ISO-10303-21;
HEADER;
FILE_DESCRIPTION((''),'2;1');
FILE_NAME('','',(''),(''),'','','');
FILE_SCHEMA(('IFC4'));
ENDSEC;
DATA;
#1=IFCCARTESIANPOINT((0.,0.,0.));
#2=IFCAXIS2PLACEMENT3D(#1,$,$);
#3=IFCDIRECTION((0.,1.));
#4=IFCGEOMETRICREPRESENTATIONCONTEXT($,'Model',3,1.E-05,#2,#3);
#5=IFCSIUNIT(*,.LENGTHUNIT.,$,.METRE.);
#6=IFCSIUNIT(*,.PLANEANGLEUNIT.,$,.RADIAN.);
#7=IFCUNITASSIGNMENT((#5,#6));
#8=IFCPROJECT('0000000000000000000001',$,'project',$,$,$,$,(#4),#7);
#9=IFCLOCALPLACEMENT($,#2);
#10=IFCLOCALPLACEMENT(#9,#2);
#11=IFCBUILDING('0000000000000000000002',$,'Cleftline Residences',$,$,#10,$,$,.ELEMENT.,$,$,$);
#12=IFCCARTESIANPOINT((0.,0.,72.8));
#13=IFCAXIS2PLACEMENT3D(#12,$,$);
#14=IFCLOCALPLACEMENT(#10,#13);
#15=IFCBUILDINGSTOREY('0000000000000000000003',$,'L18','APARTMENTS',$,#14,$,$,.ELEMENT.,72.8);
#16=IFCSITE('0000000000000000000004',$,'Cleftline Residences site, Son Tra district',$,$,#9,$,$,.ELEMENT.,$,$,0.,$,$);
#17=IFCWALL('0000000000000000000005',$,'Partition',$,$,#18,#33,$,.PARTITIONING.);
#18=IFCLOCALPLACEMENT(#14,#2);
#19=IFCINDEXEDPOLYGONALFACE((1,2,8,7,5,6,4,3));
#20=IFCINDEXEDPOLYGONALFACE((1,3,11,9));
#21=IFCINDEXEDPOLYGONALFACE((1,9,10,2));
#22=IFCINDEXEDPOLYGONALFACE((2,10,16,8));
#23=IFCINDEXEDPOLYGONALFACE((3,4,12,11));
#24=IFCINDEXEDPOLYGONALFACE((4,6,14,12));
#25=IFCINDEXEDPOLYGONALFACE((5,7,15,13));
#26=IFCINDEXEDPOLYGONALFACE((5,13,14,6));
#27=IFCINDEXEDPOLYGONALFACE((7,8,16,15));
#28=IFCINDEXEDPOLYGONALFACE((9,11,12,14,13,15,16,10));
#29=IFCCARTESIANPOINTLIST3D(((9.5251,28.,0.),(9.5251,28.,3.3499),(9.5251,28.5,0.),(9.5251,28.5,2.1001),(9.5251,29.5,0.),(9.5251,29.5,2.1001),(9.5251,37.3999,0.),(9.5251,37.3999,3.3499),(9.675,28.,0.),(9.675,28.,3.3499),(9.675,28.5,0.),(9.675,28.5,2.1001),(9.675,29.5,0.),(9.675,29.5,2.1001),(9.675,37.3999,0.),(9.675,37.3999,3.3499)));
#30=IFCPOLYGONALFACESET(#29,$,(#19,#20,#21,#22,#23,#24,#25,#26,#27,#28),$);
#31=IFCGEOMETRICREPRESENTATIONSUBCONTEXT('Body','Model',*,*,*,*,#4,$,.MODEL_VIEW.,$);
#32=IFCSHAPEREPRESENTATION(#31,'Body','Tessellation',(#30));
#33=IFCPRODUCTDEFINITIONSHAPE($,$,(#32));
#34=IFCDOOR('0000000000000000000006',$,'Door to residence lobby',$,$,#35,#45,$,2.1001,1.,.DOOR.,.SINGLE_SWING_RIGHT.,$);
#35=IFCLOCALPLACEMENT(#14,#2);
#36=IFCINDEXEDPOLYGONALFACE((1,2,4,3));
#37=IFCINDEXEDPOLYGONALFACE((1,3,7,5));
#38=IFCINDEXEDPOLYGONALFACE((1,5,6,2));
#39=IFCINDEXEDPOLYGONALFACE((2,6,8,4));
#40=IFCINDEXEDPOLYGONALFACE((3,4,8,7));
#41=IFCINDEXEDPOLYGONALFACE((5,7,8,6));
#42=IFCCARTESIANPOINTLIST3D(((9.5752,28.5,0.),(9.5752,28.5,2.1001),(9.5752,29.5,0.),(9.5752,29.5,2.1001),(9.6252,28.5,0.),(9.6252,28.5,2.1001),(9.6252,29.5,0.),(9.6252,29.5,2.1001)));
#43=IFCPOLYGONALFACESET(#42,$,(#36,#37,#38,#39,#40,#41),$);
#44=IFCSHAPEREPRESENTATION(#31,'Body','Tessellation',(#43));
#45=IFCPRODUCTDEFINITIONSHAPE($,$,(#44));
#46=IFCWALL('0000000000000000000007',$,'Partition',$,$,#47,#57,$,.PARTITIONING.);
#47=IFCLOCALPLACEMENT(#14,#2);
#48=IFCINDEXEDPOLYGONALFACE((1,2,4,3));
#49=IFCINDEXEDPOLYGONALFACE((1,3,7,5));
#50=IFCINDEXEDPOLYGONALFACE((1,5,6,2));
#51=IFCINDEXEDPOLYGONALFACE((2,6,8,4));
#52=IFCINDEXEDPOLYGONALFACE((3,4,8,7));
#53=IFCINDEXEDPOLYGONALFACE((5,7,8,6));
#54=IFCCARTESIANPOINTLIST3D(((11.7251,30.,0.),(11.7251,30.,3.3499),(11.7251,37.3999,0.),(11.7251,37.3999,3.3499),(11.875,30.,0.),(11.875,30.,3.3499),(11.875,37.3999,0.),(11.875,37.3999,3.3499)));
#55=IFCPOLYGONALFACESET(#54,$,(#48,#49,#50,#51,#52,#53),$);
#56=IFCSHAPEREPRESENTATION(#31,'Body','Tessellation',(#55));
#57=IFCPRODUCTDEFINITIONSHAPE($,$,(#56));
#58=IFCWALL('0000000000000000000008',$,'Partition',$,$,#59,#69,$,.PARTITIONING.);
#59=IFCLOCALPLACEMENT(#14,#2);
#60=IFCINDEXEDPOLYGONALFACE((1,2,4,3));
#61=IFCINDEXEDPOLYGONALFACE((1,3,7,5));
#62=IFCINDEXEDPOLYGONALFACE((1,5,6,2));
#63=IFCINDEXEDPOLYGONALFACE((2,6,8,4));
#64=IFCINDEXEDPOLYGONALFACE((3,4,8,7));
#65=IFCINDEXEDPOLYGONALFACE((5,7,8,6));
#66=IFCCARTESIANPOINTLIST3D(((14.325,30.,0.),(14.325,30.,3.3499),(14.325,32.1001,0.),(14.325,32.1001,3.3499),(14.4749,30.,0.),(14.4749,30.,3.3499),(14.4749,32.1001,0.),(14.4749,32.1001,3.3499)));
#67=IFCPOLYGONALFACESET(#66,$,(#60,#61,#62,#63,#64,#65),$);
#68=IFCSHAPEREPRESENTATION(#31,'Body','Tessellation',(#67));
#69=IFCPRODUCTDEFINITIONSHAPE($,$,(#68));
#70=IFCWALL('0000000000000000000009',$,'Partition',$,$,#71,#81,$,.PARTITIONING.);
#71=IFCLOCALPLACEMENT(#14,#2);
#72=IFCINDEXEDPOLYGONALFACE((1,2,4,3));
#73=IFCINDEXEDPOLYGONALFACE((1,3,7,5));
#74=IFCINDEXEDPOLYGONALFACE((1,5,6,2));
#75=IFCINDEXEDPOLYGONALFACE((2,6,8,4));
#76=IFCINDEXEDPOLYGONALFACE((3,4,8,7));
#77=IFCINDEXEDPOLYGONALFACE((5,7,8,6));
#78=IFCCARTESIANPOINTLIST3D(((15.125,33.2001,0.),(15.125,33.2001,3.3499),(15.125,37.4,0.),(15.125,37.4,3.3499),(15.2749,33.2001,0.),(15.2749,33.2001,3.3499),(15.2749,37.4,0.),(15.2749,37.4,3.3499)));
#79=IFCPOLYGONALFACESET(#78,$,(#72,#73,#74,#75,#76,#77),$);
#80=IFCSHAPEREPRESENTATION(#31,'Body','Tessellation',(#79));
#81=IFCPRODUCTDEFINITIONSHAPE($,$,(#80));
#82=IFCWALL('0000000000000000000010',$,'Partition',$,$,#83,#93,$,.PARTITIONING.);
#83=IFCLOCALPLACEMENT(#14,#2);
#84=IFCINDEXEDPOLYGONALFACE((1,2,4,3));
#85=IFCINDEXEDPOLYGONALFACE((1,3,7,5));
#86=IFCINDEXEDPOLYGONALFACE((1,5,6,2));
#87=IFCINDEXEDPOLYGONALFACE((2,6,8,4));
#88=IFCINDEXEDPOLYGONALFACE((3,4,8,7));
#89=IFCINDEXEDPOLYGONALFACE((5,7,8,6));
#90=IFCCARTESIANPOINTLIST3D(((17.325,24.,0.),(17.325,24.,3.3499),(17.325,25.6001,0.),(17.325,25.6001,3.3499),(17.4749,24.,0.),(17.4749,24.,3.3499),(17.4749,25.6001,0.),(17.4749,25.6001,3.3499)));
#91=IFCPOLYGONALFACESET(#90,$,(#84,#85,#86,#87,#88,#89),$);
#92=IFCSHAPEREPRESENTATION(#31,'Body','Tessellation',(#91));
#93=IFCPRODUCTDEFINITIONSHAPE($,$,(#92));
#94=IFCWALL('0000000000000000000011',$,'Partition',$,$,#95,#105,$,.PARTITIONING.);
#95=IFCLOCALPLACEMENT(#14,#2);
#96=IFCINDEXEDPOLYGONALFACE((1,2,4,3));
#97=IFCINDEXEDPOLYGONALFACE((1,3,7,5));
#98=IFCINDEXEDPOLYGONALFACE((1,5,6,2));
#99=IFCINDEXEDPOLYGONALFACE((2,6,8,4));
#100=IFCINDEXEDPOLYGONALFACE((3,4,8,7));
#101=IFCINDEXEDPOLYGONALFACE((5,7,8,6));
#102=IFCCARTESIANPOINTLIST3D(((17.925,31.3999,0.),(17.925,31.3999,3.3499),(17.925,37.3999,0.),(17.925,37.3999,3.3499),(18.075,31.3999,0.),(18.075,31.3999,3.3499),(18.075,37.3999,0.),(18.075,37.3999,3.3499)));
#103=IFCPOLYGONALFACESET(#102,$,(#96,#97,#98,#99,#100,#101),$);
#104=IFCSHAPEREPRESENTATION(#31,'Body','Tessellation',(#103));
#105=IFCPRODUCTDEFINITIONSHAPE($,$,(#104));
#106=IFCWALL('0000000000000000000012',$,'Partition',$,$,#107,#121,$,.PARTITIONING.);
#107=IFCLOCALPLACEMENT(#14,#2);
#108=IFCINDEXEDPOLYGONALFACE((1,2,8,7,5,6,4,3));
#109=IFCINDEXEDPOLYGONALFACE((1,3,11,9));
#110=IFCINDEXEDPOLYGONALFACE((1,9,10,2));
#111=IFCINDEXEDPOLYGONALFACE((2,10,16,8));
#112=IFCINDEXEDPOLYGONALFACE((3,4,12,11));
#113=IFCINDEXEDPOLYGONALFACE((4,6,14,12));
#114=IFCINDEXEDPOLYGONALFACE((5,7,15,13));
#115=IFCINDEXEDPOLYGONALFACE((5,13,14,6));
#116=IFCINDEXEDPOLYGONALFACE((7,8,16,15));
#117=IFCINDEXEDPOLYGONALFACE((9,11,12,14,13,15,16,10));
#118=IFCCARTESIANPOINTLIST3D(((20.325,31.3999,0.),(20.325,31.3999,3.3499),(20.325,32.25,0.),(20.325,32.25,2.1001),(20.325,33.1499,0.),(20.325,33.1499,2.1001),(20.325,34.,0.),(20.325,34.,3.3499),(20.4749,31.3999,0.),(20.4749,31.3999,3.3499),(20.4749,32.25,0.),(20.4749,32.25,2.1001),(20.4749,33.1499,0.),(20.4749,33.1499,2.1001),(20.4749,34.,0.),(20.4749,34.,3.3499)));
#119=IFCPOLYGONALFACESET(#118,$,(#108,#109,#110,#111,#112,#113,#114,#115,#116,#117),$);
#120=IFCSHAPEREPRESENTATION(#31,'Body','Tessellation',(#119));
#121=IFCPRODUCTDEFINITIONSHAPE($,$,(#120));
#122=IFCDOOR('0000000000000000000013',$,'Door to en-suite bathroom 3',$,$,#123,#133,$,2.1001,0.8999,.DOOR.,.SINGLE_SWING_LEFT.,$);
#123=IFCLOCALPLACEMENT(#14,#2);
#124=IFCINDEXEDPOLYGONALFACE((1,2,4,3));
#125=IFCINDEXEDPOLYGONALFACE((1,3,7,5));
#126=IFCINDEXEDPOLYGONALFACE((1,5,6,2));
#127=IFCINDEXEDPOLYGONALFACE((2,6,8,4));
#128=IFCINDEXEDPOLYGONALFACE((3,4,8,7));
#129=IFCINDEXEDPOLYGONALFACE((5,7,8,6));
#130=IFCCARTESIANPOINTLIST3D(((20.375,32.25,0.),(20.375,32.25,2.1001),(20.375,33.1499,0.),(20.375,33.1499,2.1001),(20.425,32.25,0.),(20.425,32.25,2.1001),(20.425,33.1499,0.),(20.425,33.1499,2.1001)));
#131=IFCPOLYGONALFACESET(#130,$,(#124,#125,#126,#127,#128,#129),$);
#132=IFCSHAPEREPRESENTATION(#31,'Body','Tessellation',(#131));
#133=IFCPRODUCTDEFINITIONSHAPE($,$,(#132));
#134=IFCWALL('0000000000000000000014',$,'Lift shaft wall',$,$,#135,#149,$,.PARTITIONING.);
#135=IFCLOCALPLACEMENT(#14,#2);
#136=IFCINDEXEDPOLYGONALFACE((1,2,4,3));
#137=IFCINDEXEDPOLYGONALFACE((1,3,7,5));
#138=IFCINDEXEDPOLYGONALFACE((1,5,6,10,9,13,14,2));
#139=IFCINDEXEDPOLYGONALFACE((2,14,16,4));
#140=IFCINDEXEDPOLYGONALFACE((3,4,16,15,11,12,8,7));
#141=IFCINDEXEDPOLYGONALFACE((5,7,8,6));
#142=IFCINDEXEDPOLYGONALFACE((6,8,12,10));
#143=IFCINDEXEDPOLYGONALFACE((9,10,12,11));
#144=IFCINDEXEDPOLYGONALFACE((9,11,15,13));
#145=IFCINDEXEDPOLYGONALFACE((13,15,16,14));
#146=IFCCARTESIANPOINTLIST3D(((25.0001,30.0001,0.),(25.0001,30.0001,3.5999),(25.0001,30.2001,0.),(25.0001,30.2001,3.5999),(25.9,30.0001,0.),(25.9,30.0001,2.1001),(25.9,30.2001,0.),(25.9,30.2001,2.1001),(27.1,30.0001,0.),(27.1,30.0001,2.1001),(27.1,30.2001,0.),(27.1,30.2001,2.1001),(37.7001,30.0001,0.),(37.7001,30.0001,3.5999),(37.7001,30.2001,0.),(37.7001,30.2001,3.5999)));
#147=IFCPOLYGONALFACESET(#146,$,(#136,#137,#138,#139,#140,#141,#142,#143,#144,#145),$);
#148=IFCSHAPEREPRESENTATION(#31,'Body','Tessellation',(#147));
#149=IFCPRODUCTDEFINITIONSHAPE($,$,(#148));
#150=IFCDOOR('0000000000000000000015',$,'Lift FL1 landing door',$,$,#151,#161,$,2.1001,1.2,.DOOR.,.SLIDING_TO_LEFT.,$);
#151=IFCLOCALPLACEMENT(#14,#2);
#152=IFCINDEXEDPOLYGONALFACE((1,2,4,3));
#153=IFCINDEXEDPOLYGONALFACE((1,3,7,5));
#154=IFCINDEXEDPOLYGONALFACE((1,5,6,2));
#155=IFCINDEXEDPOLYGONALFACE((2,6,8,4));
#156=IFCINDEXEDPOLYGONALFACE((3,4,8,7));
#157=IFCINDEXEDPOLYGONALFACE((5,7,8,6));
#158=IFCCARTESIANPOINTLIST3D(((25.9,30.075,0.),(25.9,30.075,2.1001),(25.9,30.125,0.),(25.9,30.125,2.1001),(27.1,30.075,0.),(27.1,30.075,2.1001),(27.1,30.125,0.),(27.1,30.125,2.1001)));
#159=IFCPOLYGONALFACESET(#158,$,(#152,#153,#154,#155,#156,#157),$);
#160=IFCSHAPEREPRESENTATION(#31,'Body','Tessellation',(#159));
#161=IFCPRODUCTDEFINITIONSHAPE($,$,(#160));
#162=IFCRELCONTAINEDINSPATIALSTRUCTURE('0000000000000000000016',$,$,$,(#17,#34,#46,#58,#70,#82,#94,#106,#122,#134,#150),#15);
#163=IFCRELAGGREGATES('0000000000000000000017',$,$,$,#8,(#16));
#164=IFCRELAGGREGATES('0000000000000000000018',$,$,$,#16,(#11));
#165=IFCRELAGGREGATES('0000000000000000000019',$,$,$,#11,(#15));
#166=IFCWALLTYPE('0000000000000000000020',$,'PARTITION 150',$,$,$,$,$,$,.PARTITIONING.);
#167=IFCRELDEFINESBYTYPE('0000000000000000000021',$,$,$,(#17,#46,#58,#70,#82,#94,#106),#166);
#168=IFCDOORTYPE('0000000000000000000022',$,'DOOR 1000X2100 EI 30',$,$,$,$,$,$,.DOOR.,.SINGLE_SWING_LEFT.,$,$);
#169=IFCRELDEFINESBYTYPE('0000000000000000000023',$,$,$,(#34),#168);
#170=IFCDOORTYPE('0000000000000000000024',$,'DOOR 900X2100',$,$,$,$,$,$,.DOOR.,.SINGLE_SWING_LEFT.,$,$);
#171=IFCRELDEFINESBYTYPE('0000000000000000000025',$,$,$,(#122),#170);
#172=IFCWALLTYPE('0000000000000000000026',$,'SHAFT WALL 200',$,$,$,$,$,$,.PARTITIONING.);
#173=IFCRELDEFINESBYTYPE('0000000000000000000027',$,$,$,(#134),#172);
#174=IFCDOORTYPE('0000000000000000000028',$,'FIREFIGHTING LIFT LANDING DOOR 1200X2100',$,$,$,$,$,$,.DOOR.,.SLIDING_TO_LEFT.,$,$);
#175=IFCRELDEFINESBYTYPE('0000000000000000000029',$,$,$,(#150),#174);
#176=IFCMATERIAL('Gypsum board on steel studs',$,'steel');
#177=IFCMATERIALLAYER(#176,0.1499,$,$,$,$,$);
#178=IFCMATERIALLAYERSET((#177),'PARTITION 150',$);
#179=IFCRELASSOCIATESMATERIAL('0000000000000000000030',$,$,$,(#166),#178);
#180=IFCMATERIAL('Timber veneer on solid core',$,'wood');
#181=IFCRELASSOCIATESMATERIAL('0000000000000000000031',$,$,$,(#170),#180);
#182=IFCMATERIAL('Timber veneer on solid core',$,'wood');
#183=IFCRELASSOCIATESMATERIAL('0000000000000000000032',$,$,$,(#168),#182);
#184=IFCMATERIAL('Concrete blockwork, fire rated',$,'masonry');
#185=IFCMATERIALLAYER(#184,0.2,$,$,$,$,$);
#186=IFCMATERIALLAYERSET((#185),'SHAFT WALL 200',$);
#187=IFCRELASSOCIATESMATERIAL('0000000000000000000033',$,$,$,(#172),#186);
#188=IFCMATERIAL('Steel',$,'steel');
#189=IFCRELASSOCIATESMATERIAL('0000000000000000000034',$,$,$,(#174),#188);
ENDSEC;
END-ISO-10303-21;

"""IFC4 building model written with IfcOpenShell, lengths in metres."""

from ifc_helpers import new_model, si_unit, direction, frame, frame_2d, origin, place, context, subcontext, project, spatial, rectangle, extrude, material, layer, layer_set, type_object, element, fill, save


model = new_model("IFC4")

# Units and contexts
model_context = context("Model", 3, precision=1e-05, world=origin(), true_north=direction((0.0, 1.0)))
body_context = subcontext(model_context, "Body", "Model", "MODEL_VIEW")
ifc_project = project(units=[si_unit("LENGTHUNIT", "METRE"), si_unit("PLANEANGLEUNIT", "RADIAN")], contexts=[model_context])

# Site, building, storey
site_placement = place(None, origin())
site = spatial("IfcSite", under=ifc_project, at=site_placement, Name="Cleftline Residences site, Son Tra district", CompositionType="ELEMENT", RefElevation=0.0)
building_placement = place(site_placement, origin())
building = spatial("IfcBuilding", under=site, at=building_placement, Name="Cleftline Residences", CompositionType="ELEMENT")
storey_placement = place(building_placement, frame((0.0, 0.0, 72.8)))
storey = spatial("IfcBuildingStorey", under=building, at=storey_placement, Name="L18", Description="APARTMENTS", CompositionType="ELEMENT", Elevation=72.8)

# Shared definitions
ifc_material_1 = material(Name="Gypsum board on steel studs", Category="steel")
ifc_layer_1 = layer(ifc_material_1, 0.1499)
ifc_layer_set_1 = layer_set([ifc_layer_1], Name="PARTITION 150")
wall_type_1 = type_object("IfcWallType", Name="PARTITION 150", PredefinedType="PARTITIONING", material=ifc_layer_set_1)
ifc_material_2 = material(Name="Timber veneer on solid core", Category="wood")
door_type_1 = type_object("IfcDoorType", Name="DOOR 900X2100", OperationType="SINGLE_SWING_LEFT", PredefinedType="DOOR", material=ifc_material_2)

# Wall, opening, door
wall_1_placement = place(storey_placement, frame((9.6001, 28.0, 0.0), z_axis=(0.0, 0.0, 1.0), x_axis=(0.0, 1.0, 0.0)))
wall_1 = element("IfcWall", 1, at=wall_1_placement, inside=storey, type_object=wall_type_1, Name="Partition", PredefinedType="PARTITIONING", context=body_context, shape_type="SweptSolid", body=[
    extrude(rectangle(XDim=9.3999, YDim=0.1499, at=frame_2d((4.7, 0.0))), origin(), (0.0, 0.0, 1.0), 3.3499),
])
opening_1_placement = place(wall_1_placement, frame((0.5, 0.0, 0.0)))
opening_1 = element("IfcOpeningElement", 2, at=opening_1_placement, cuts=wall_1, PredefinedType="OPENING", context=body_context, shape_type="SweptSolid", body=[
    extrude(rectangle(XDim=1.0, YDim=2.1001, at=frame_2d((0.5, 1.05))), frame((0.0, 0.085, 0.0), z_axis=(0.0, -1.0, 0.0), x_axis=(1.0, 0.0, 0.0)), (0.0, 0.0, 1.0), 0.1699),
])
ifc_material_3 = material(Name="Timber veneer on solid core", Category="wood")
door_type_2 = type_object("IfcDoorType", Name="DOOR 1000X2100 EI 30", OperationType="SINGLE_SWING_LEFT", PredefinedType="DOOR", material=ifc_material_3)
door_1_placement = place(opening_1_placement, origin())
door_1 = element("IfcDoor", 3, at=door_1_placement, inside=storey, type_object=door_type_2, Name="Door to residence lobby", OperationType="SINGLE_SWING_RIGHT", OverallHeight=2.1001, OverallWidth=1.0, PredefinedType="DOOR", context=body_context, shape_type="SweptSolid", body=[
    extrude(rectangle(XDim=1.0, YDim=2.1001, at=frame_2d((0.5, 1.05))), frame((0.0, 0.0249, 0.0), z_axis=(0.0, -1.0, 0.0), x_axis=(1.0, 0.0, 0.0)), (0.0, 0.0, 1.0), 0.05),
])
fill(opening_1, door_1)

# Walls
wall_2_placement = place(storey_placement, frame((11.8, 30.0, 0.0), z_axis=(0.0, 0.0, 1.0), x_axis=(0.0, 1.0, 0.0)))
element("IfcWall", 4, at=wall_2_placement, inside=storey, type_object=wall_type_1, Name="Partition", PredefinedType="PARTITIONING", context=body_context, shape_type="SweptSolid", body=[
    extrude(rectangle(XDim=7.3999, YDim=0.1499, at=frame_2d((3.7, 0.0))), origin(), (0.0, 0.0, 1.0), 3.3499),
])
wall_3_placement = place(storey_placement, frame((14.3999, 30.0, 0.0), z_axis=(0.0, 0.0, 1.0), x_axis=(0.0, 1.0, 0.0)))
element("IfcWall", 5, at=wall_3_placement, inside=storey, type_object=wall_type_1, Name="Partition", PredefinedType="PARTITIONING", context=body_context, shape_type="SweptSolid", body=[
    extrude(rectangle(XDim=2.1001, YDim=0.1499, at=frame_2d((1.05, 0.0))), origin(), (0.0, 0.0, 1.0), 3.3499),
])
wall_4_placement = place(storey_placement, frame((15.2, 33.2, 0.0), z_axis=(0.0, 0.0, 1.0), x_axis=(0.0, 1.0, 0.0)))
element("IfcWall", 6, at=wall_4_placement, inside=storey, type_object=wall_type_1, Name="Partition", PredefinedType="PARTITIONING", context=body_context, shape_type="SweptSolid", body=[
    extrude(rectangle(XDim=4.2, YDim=0.1499, at=frame_2d((2.1001, 0.0))), origin(), (0.0, 0.0, 1.0), 3.3499),
])
wall_5_placement = place(storey_placement, frame((17.3999, 24.0, 0.0), z_axis=(0.0, 0.0, 1.0), x_axis=(0.0, 1.0, 0.0)))
element("IfcWall", 7, at=wall_5_placement, inside=storey, type_object=wall_type_1, Name="Partition", PredefinedType="PARTITIONING", context=body_context, shape_type="SweptSolid", body=[
    extrude(rectangle(XDim=1.6001, YDim=0.1499, at=frame_2d((0.8, 0.0))), origin(), (0.0, 0.0, 1.0), 3.3499),
])
wall_6_placement = place(storey_placement, frame((18.0, 31.3999, 0.0), z_axis=(0.0, 0.0, 1.0), x_axis=(0.0, 1.0, 0.0)))
element("IfcWall", 8, at=wall_6_placement, inside=storey, type_object=wall_type_1, Name="Partition", PredefinedType="PARTITIONING", context=body_context, shape_type="SweptSolid", body=[
    extrude(rectangle(XDim=6.0, YDim=0.1499, at=frame_2d((3.0, 0.0))), origin(), (0.0, 0.0, 1.0), 3.3499),
])

# Walls, openings, doors
wall_7_placement = place(storey_placement, frame((20.3999, 31.3999, 0.0), z_axis=(0.0, 0.0, 1.0), x_axis=(0.0, 1.0, 0.0)))
wall_7 = element("IfcWall", 9, at=wall_7_placement, inside=storey, type_object=wall_type_1, Name="Partition", PredefinedType="PARTITIONING", context=body_context, shape_type="SweptSolid", body=[
    extrude(rectangle(XDim=2.6001, YDim=0.1499, at=frame_2d((1.3, 0.0))), origin(), (0.0, 0.0, 1.0), 3.3499),
])
opening_2_placement = place(wall_7_placement, frame((0.8501, 0.0, 0.0)))
opening_2 = element("IfcOpeningElement", 10, at=opening_2_placement, cuts=wall_7, PredefinedType="OPENING", context=body_context, shape_type="SweptSolid", body=[
    extrude(rectangle(XDim=0.8999, YDim=2.1001, at=frame_2d((0.45, 1.05))), frame((0.0, 0.085, 0.0), z_axis=(0.0, -1.0, 0.0), x_axis=(1.0, 0.0, 0.0)), (0.0, 0.0, 1.0), 0.1699),
])
door_2_placement = place(opening_2_placement, origin())
door_2 = element("IfcDoor", 11, at=door_2_placement, inside=storey, type_object=door_type_1, Name="Door to en-suite bathroom 3", OperationType="SINGLE_SWING_LEFT", OverallHeight=2.1001, OverallWidth=0.8999, PredefinedType="DOOR", context=body_context, shape_type="SweptSolid", body=[
    extrude(rectangle(XDim=0.8999, YDim=2.1001, at=frame_2d((0.45, 1.05))), frame((0.0, 0.0249, 0.0), z_axis=(0.0, -1.0, 0.0), x_axis=(1.0, 0.0, 0.0)), (0.0, 0.0, 1.0), 0.05),
])
fill(opening_2, door_2)
ifc_material_4 = material(Name="Concrete blockwork, fire rated", Category="masonry")
ifc_layer_2 = layer(ifc_material_4, 0.2)
ifc_layer_set_2 = layer_set([ifc_layer_2], Name="SHAFT WALL 200")
wall_type_2 = type_object("IfcWallType", Name="SHAFT WALL 200", PredefinedType="PARTITIONING", material=ifc_layer_set_2)
wall_8_placement = place(storey_placement, frame((25.0, 30.1001, 0.0), z_axis=(0.0, 0.0, 1.0), x_axis=(1.0, 0.0, 0.0)))
wall_8 = element("IfcWall", 12, at=wall_8_placement, inside=storey, type_object=wall_type_2, Name="Lift shaft wall", PredefinedType="PARTITIONING", context=body_context, shape_type="SweptSolid", body=[
    extrude(rectangle(XDim=12.7, YDim=0.2, at=frame_2d((6.3501, 0.0))), origin(), (0.0, 0.0, 1.0), 3.5999),
])
opening_3_placement = place(wall_8_placement, frame((0.8999, 0.0, 0.0)))
opening_3 = element("IfcOpeningElement", 13, at=opening_3_placement, cuts=wall_8, PredefinedType="OPENING", context=body_context, shape_type="SweptSolid", body=[
    extrude(rectangle(XDim=1.2, YDim=2.1001, at=frame_2d((0.6001, 1.05))), frame((0.0, 0.1099, 0.0), z_axis=(0.0, -1.0, 0.0), x_axis=(1.0, 0.0, 0.0)), (0.0, 0.0, 1.0), 0.22),
])
ifc_material_5 = material(Name="Steel", Category="steel")
door_type_3 = type_object("IfcDoorType", Name="FIREFIGHTING LIFT LANDING DOOR 1200X2100", OperationType="SLIDING_TO_LEFT", PredefinedType="DOOR", material=ifc_material_5)
door_3_placement = place(opening_3_placement, origin())
door_3 = element("IfcDoor", 14, at=door_3_placement, inside=storey, type_object=door_type_3, Name="Lift FL1 landing door", OperationType="SLIDING_TO_LEFT", OverallHeight=2.1001, OverallWidth=1.2, PredefinedType="DOOR", context=body_context, shape_type="SweptSolid", body=[
    extrude(rectangle(XDim=1.2, YDim=2.1001, at=frame_2d((0.6001, 1.05))), frame((0.0, 0.0249, 0.0), z_axis=(0.0, -1.0, 0.0), x_axis=(1.0, 0.0, 0.0)), (0.0, 0.0, 1.0), 0.05),
])
fill(opening_3, door_3)

save(model, "model.ifc")
